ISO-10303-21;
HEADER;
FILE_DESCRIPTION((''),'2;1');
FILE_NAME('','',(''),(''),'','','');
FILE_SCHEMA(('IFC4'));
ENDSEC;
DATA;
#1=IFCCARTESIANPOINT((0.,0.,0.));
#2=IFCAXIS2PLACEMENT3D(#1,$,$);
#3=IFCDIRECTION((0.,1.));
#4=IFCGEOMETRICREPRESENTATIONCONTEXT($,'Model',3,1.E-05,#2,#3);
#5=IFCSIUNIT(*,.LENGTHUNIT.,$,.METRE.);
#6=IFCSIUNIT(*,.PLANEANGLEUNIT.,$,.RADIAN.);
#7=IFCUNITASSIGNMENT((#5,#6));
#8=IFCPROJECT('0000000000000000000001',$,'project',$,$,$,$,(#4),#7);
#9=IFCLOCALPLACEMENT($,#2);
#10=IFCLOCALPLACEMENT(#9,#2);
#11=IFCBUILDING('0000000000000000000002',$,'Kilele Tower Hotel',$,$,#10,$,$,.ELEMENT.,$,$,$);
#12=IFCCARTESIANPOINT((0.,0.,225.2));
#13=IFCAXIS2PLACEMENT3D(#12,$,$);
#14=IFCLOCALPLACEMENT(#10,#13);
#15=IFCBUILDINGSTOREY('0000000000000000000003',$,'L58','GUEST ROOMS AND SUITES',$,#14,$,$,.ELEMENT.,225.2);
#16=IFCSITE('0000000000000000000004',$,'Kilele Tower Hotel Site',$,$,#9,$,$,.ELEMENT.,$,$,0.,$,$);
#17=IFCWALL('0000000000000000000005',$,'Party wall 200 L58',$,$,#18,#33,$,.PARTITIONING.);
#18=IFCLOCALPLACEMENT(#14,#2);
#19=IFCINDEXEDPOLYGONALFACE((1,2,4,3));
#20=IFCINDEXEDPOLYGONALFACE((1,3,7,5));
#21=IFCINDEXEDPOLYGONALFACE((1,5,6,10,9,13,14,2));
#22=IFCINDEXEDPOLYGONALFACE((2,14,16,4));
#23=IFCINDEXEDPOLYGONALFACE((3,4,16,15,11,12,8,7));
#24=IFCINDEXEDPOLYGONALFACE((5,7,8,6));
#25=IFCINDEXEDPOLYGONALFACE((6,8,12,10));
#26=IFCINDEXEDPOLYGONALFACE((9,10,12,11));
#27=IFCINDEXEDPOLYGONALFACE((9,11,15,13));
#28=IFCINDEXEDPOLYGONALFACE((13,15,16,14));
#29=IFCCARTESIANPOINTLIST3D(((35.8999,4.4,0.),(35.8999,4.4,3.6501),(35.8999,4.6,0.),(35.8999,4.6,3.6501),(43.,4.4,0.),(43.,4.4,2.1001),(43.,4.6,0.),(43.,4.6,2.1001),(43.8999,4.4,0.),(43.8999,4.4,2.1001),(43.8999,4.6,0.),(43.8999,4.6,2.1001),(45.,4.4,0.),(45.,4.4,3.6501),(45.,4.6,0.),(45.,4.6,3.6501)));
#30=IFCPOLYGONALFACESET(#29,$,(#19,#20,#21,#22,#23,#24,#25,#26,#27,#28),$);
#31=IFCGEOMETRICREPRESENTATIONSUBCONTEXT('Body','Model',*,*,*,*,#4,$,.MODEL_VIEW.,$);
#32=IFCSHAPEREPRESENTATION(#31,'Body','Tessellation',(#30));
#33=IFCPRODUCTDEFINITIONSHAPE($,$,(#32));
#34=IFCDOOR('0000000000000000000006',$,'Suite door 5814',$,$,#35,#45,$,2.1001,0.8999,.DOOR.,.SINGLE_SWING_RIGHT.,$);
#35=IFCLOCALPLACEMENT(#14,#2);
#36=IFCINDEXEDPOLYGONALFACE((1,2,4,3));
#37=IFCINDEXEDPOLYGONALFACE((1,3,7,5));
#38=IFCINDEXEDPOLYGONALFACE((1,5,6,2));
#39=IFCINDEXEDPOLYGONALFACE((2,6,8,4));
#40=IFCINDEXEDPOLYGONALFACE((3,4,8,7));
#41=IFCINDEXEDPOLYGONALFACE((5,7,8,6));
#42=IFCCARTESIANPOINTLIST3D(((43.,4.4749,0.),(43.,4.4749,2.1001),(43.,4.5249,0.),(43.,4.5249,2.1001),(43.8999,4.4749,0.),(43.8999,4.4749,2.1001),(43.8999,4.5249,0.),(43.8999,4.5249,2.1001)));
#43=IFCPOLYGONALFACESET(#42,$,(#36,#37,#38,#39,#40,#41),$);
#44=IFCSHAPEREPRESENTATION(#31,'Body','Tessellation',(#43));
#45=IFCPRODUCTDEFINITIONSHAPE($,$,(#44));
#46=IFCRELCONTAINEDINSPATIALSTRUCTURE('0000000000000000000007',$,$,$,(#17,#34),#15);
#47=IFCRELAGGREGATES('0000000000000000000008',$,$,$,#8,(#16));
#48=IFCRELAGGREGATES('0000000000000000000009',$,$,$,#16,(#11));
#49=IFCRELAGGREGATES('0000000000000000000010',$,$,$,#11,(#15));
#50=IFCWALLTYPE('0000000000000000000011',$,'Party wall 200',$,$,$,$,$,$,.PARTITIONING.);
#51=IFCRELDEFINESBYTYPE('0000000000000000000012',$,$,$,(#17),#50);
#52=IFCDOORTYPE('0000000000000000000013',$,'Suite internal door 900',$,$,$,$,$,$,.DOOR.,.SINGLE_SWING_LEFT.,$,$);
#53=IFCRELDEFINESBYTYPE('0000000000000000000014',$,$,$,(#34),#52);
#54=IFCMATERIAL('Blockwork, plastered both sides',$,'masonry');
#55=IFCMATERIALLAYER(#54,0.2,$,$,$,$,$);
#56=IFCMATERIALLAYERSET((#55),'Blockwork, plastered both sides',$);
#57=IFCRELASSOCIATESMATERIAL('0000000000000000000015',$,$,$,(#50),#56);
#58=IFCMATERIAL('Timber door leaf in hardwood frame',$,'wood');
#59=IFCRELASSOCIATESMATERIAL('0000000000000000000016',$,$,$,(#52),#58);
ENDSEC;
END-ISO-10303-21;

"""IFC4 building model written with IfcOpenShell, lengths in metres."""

from ifc_helpers import new_model, si_unit, direction, frame, frame_2d, origin, place, context, subcontext, project, spatial, rectangle, extrude, material, layer, layer_set, type_object, element, fill, save


model = new_model("IFC4")

# Units and contexts
model_context = context("Model", 3, precision=1e-05, world=origin(), true_north=direction((0.0, 1.0)))
body_context = subcontext(model_context, "Body", "Model", "MODEL_VIEW")
ifc_project = project(units=[si_unit("LENGTHUNIT", "METRE"), si_unit("PLANEANGLEUNIT", "RADIAN")], contexts=[model_context])

# Site, building, storey
site_placement = place(None, origin())
site = spatial("IfcSite", under=ifc_project, at=site_placement, Name="Kilele Tower Hotel Site", CompositionType="ELEMENT", RefElevation=0.0)
building_placement = place(site_placement, origin())
building = spatial("IfcBuilding", under=site, at=building_placement, Name="Kilele Tower Hotel", CompositionType="ELEMENT")
storey_placement = place(building_placement, frame((0.0, 0.0, 225.2)))
storey = spatial("IfcBuildingStorey", under=building, at=storey_placement, Name="L58", Description="GUEST ROOMS AND SUITES", CompositionType="ELEMENT", Elevation=225.2)

# Wall, opening, door
ifc_material_1 = material(Name="Blockwork, plastered both sides", Category="masonry")
ifc_layer_1 = layer(ifc_material_1, 0.2)
ifc_layer_set_1 = layer_set([ifc_layer_1], Name="Blockwork, plastered both sides")
wall_type_1 = type_object("IfcWallType", Name="Party wall 200", PredefinedType="PARTITIONING", material=ifc_layer_set_1)
wall_1_placement = place(storey_placement, frame((35.8999, 4.5, 0.0), z_axis=(0.0, 0.0, 1.0), x_axis=(1.0, 0.0, 0.0)))
wall_1 = element("IfcWall", 1, at=wall_1_placement, inside=storey, type_object=wall_type_1, Name="Party wall 200 L58", PredefinedType="PARTITIONING", context=body_context, shape_type="SweptSolid", body=[
    extrude(rectangle(XDim=9.1001, YDim=0.2, at=frame_2d((4.55, 0.0))), origin(), (0.0, 0.0, 1.0), 3.6501),
])
opening_1_placement = place(wall_1_placement, frame((7.1001, 0.0, 0.0)))
opening_1 = element("IfcOpeningElement", 2, at=opening_1_placement, cuts=wall_1, PredefinedType="OPENING", context=body_context, shape_type="SweptSolid", body=[
    extrude(rectangle(XDim=0.8999, YDim=2.1001, at=frame_2d((0.45, 1.05))), frame((0.0, 0.1099, 0.0), z_axis=(0.0, -1.0, 0.0), x_axis=(1.0, 0.0, 0.0)), (0.0, 0.0, 1.0), 0.22),
])
ifc_material_2 = material(Name="Timber door leaf in hardwood frame", Category="wood")
door_type_1 = type_object("IfcDoorType", Name="Suite internal door 900", OperationType="SINGLE_SWING_LEFT", PredefinedType="DOOR", material=ifc_material_2)
door_1_placement = place(opening_1_placement, origin())
door_1 = element("IfcDoor", 3, at=door_1_placement, inside=storey, type_object=door_type_1, Name="Suite door 5814", OperationType="SINGLE_SWING_RIGHT", OverallHeight=2.1001, OverallWidth=0.8999, PredefinedType="DOOR", context=body_context, shape_type="SweptSolid", body=[
    extrude(rectangle(XDim=0.8999, YDim=2.1001, at=frame_2d((0.45, 1.05))), frame((0.0, 0.0249, 0.0), z_axis=(0.0, -1.0, 0.0), x_axis=(1.0, 0.0, 0.0)), (0.0, 0.0, 1.0), 0.05),
])
fill(opening_1, door_1)

save(model, "model.ifc")
